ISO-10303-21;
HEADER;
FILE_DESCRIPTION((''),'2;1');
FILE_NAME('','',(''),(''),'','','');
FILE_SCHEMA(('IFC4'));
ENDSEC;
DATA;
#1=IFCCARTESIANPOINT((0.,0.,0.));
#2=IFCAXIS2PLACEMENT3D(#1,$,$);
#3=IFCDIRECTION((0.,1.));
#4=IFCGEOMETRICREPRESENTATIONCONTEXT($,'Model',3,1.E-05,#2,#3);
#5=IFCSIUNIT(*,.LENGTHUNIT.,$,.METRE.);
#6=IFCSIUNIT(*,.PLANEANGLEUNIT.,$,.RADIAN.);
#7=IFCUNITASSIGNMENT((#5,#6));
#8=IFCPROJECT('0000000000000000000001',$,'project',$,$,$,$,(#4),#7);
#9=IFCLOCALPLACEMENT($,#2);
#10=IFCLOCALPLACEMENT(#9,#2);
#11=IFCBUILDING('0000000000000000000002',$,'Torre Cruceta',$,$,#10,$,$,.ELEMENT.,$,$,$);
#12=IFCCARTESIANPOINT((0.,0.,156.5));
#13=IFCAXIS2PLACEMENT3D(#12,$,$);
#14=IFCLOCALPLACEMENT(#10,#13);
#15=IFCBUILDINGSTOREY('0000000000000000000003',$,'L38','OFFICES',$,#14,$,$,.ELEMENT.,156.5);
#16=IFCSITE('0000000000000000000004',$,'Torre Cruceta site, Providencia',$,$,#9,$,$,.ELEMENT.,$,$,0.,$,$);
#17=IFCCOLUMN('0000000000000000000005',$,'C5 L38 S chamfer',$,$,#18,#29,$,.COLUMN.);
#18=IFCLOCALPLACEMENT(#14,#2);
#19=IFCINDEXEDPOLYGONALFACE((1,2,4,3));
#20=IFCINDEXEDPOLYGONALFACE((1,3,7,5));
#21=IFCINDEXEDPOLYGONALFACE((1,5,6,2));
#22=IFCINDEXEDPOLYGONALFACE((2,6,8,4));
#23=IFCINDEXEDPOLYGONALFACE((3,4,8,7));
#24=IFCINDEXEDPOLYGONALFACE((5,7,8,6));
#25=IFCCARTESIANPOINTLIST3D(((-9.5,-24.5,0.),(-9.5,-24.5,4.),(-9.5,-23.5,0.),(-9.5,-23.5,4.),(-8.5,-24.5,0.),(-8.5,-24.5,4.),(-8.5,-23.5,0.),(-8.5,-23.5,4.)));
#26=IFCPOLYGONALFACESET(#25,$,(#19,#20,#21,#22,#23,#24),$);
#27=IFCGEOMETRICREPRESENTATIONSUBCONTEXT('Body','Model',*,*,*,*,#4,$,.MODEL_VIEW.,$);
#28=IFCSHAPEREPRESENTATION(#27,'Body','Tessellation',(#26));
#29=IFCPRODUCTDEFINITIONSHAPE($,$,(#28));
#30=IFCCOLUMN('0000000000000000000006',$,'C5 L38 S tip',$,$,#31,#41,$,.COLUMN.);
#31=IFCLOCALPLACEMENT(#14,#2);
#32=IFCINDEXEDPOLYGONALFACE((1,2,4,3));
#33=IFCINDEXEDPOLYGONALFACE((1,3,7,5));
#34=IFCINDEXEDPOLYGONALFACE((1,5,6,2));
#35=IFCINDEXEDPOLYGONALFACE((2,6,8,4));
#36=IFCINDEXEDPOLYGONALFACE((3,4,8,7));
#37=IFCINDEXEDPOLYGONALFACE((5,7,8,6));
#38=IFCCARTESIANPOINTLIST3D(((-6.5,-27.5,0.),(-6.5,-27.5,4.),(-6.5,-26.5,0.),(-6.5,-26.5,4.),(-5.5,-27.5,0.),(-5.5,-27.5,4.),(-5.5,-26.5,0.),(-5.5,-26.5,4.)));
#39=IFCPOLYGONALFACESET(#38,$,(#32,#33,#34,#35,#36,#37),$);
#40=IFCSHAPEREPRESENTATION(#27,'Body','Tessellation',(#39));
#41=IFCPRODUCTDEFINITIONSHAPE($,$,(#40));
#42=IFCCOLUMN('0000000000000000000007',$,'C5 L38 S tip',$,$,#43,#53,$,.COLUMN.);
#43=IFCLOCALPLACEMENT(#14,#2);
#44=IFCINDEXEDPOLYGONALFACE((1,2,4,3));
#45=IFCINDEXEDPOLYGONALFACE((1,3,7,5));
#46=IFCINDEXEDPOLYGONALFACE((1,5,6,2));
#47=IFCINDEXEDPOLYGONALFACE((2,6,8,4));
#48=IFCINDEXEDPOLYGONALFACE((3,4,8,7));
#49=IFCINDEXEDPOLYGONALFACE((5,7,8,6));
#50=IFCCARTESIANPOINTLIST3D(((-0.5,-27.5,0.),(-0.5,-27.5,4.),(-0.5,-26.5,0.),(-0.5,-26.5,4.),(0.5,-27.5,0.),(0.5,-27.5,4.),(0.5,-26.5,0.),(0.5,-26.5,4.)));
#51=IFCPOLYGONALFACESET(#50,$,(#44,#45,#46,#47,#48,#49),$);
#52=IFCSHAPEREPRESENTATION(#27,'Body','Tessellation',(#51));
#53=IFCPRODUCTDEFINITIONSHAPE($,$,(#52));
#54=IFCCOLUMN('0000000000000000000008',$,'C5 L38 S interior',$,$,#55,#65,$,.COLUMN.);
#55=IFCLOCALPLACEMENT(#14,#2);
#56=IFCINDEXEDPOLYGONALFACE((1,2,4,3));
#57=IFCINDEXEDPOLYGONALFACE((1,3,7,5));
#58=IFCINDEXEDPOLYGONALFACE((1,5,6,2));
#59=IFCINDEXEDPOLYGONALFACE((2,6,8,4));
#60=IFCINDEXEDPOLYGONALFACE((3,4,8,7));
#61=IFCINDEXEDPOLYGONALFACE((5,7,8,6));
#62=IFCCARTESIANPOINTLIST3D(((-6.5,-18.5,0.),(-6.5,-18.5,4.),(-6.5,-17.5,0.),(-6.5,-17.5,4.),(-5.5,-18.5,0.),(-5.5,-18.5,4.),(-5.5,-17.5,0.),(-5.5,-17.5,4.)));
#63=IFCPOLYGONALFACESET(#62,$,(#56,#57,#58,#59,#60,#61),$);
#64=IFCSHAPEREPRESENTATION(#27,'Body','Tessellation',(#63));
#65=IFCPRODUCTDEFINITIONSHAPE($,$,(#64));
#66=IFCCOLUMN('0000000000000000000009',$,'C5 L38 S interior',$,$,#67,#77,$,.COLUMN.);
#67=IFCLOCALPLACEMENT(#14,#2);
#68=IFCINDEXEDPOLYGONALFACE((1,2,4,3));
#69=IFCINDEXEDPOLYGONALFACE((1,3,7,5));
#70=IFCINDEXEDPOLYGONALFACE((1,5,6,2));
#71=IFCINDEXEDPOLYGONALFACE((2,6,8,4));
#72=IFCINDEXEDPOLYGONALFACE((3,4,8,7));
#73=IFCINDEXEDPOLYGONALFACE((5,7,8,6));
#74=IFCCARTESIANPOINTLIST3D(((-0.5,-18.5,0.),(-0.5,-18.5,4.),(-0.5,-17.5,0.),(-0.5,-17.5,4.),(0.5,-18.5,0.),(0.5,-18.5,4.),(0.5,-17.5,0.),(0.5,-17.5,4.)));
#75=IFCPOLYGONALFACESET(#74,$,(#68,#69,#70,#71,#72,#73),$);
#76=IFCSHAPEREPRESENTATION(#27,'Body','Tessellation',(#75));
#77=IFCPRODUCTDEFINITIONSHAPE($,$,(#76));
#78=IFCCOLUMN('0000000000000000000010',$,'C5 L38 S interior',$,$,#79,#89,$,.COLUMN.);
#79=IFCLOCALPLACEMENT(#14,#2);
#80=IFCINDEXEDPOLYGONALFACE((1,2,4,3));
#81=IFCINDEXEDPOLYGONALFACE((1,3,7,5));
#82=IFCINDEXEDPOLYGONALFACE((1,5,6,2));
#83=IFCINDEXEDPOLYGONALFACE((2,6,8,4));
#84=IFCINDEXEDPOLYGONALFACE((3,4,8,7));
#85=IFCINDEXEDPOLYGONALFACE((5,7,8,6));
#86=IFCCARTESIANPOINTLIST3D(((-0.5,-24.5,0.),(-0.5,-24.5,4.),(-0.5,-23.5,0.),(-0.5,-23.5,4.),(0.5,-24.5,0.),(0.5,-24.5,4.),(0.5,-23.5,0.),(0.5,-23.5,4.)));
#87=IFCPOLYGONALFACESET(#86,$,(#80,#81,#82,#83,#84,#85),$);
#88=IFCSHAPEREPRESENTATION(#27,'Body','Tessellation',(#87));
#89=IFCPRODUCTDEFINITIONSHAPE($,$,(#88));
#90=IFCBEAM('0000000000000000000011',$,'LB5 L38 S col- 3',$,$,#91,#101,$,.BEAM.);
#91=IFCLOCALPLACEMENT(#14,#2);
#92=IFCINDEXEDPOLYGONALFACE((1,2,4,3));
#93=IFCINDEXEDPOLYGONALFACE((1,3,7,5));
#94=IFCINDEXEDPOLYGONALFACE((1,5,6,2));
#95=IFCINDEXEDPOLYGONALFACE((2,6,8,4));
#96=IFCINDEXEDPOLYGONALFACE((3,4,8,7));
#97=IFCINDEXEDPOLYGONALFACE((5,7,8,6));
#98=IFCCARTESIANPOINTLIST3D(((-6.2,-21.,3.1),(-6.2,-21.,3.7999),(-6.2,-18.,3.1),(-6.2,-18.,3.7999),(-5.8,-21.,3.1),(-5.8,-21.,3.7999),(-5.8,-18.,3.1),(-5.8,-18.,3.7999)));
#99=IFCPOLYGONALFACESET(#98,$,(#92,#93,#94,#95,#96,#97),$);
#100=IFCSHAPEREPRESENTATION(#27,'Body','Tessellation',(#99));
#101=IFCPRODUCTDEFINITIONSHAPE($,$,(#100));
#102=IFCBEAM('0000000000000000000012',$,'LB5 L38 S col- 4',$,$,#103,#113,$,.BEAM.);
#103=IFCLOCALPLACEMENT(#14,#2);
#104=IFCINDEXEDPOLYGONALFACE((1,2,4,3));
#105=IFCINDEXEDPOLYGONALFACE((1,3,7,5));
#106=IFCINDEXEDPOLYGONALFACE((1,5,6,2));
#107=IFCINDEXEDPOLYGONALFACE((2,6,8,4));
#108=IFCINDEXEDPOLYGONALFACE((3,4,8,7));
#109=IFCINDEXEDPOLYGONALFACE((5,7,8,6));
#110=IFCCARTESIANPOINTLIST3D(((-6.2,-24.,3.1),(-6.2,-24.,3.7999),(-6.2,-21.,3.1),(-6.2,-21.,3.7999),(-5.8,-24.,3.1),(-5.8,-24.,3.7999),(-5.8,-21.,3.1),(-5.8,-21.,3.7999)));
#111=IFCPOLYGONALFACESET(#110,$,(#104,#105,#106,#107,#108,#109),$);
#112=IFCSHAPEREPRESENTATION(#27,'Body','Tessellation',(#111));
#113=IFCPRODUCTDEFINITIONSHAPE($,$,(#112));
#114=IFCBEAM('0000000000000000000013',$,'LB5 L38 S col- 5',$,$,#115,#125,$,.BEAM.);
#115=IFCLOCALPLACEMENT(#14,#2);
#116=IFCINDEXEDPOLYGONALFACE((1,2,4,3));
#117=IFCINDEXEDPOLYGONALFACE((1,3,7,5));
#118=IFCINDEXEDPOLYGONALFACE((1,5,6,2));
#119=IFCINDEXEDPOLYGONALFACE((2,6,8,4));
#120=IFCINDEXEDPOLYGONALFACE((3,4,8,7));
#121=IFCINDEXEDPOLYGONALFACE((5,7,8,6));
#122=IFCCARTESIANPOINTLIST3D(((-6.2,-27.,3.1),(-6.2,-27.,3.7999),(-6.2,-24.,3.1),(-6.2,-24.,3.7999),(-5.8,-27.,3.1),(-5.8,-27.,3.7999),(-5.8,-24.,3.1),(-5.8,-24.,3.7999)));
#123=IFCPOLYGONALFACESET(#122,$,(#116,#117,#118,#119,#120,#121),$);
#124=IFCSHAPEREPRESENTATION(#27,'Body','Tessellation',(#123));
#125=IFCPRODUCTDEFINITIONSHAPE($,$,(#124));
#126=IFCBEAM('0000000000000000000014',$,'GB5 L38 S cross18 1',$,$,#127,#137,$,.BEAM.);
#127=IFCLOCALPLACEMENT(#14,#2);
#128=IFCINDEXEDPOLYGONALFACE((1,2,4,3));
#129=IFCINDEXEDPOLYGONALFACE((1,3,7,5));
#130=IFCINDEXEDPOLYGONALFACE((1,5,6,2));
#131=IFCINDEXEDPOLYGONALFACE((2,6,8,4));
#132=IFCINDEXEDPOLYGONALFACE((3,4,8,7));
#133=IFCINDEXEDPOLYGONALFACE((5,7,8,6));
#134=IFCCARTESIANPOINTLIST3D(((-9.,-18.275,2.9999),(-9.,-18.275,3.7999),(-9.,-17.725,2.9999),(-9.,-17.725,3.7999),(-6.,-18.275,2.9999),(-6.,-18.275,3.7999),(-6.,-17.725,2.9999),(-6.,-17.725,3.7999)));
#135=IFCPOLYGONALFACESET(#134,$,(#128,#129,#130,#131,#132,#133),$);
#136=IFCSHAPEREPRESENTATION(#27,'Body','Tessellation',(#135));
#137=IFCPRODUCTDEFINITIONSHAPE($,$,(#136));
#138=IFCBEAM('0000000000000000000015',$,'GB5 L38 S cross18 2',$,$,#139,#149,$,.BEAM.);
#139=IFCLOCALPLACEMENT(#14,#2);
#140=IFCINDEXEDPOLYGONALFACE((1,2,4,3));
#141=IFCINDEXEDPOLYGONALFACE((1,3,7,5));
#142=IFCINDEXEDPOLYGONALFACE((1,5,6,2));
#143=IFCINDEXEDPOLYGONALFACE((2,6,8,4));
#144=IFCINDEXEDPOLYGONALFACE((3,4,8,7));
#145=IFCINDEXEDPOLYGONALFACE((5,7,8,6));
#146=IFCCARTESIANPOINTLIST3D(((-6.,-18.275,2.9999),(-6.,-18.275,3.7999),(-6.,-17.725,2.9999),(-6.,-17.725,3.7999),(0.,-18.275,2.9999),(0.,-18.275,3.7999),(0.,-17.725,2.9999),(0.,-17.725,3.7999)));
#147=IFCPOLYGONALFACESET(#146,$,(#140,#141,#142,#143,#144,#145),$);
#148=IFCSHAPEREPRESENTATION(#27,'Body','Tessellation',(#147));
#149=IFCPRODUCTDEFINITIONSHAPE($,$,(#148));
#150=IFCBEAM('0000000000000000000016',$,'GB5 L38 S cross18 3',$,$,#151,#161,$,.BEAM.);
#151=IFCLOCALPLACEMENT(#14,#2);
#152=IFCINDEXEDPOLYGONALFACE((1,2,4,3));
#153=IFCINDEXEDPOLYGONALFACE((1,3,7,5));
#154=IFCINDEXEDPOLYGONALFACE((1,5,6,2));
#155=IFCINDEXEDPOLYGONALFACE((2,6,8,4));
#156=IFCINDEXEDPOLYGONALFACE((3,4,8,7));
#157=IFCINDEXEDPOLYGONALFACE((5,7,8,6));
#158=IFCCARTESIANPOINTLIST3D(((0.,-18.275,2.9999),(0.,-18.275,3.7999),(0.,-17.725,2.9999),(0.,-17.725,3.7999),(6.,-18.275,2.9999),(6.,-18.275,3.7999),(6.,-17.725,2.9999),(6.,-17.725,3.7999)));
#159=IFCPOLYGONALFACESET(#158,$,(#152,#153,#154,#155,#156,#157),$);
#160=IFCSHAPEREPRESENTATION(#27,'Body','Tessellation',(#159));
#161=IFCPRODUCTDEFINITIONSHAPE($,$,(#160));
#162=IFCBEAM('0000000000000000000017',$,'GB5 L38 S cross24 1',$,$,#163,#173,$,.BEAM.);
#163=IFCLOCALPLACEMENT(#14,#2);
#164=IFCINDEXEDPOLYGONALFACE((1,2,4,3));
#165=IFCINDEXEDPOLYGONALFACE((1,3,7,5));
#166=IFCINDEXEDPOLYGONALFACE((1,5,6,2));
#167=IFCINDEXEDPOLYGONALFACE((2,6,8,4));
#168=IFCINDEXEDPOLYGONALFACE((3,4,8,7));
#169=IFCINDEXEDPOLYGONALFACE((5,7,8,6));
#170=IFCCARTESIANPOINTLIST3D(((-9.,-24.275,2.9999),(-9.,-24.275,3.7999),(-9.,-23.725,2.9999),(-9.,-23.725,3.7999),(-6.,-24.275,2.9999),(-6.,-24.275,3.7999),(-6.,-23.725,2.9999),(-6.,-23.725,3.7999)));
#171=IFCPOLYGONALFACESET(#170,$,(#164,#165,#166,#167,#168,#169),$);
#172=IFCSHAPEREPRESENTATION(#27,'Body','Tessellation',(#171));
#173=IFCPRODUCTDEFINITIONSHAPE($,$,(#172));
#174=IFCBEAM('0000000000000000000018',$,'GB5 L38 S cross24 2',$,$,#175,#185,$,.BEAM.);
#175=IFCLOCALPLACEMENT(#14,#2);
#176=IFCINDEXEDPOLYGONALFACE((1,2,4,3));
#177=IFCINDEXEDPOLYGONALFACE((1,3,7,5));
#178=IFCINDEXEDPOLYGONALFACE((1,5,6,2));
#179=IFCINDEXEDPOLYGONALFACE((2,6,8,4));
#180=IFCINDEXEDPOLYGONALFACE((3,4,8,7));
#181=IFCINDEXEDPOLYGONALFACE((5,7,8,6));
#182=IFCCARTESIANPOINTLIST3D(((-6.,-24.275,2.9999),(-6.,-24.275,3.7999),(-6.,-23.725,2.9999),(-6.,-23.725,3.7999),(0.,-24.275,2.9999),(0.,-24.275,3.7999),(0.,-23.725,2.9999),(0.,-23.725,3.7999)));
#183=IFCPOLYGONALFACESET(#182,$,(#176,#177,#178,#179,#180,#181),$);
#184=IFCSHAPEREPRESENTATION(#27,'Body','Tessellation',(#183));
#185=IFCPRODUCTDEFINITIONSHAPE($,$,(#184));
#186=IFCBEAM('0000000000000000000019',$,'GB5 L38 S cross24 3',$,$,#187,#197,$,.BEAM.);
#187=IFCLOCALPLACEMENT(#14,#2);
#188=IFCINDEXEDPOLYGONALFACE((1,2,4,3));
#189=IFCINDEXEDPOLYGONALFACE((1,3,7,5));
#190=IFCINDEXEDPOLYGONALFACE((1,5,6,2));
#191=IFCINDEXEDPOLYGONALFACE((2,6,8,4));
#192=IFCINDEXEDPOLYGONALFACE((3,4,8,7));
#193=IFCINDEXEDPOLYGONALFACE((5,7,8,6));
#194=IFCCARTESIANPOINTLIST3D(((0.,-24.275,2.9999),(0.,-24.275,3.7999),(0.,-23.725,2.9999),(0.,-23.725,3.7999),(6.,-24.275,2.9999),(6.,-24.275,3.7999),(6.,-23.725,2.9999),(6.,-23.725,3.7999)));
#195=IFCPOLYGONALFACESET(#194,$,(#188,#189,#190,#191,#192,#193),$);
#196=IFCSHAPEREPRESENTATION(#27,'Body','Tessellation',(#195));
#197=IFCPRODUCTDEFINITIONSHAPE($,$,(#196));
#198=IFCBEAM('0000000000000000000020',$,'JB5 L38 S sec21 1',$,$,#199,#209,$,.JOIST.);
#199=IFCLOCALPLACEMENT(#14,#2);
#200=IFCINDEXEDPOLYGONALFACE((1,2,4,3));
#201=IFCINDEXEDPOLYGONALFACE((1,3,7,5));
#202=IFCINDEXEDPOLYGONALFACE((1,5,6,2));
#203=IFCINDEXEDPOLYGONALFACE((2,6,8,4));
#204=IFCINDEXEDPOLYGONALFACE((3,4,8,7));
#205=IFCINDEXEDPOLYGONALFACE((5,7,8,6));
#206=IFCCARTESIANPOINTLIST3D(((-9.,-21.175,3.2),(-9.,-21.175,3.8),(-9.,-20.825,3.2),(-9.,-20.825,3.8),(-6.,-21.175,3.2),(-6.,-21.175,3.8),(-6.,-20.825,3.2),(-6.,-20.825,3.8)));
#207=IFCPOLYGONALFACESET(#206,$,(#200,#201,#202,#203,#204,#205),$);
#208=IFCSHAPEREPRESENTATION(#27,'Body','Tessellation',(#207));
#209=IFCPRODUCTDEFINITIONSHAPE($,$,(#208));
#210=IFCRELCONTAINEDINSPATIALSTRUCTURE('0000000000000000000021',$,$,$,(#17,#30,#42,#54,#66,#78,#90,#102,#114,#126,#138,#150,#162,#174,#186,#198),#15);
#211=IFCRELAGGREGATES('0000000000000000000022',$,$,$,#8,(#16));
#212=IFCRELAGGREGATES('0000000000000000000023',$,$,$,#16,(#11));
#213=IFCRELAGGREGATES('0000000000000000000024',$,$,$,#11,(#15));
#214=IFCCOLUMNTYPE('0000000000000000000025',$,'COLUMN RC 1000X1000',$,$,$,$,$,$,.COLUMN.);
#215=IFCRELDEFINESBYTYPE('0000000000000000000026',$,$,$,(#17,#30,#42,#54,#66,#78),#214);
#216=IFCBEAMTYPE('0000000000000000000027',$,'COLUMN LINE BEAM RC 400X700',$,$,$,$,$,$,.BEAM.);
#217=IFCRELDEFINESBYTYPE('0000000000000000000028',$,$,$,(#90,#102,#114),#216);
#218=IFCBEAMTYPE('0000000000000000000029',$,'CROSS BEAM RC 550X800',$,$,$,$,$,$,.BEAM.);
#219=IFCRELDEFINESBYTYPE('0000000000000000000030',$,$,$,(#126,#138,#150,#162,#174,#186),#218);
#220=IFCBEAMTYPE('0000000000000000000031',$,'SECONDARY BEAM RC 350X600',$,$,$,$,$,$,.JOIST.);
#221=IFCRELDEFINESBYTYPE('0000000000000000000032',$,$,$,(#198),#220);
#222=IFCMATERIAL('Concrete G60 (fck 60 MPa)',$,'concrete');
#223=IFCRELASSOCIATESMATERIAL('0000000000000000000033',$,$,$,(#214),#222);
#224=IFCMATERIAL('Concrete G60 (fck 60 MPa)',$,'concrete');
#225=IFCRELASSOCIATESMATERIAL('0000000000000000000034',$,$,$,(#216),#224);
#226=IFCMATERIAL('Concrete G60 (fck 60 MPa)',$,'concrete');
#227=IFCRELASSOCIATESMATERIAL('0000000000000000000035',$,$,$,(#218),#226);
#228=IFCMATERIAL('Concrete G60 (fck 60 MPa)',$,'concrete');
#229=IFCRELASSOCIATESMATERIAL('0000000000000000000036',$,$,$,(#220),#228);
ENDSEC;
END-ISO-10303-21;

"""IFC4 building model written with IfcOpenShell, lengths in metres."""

from ifc_helpers import new_model, si_unit, direction, frame, origin, origin_2d, place, context, subcontext, project, spatial, rectangle, extrude, material, material_profile, profile_set, type_object, element, save


model = new_model("IFC4")

# Units and contexts
model_context = context("Model", 3, precision=1e-05, world=origin(), true_north=direction((0.0, 1.0)))
body_context = subcontext(model_context, "Body", "Model", "MODEL_VIEW")
ifc_project = project(units=[si_unit("LENGTHUNIT", "METRE"), si_unit("PLANEANGLEUNIT", "RADIAN")], contexts=[model_context])

# Site, building, storey
site_placement = place(None, origin())
site = spatial("IfcSite", under=ifc_project, at=site_placement, Name="Torre Cruceta site, Providencia", CompositionType="ELEMENT", RefElevation=0.0)
building_placement = place(site_placement, origin())
building = spatial("IfcBuilding", under=site, at=building_placement, Name="Torre Cruceta", CompositionType="ELEMENT")
storey_placement = place(building_placement, frame((0.0, 0.0, 156.5)))
storey = spatial("IfcBuildingStorey", under=building, at=storey_placement, Name="L38", Description="OFFICES", CompositionType="ELEMENT", Elevation=156.5)

# Columns
ifc_material_1 = material(Name="Concrete G60 (fck 60 MPa)", Category="concrete")
ifc_material_profile_1 = material_profile(ifc_material_1, rectangle(XDim=1.0, YDim=1.0, at=origin_2d()), Name="RC 1000X1000")
ifc_profile_set_1 = profile_set([ifc_material_profile_1], Name="Concrete G60 (fck 60 MPa)")
column_type = type_object("IfcColumnType", Name="COLUMN RC 1000X1000", PredefinedType="COLUMN", material=ifc_profile_set_1)
for number, where, z_axis, x_axis, name in (
    (1, (-9.0, -24.0, 0.0), (0.0, 0.0, 1.0), (1.0, 0.0, 0.0), "C5 L38 S chamfer"),
    (2, (-6.0, -27.0, 0.0), (0.0, 0.0, 1.0), (1.0, 0.0, 0.0), "C5 L38 S tip"),
    (3, (0.0, -27.0, 0.0), (0.0, 0.0, 1.0), (1.0, 0.0, 0.0), "C5 L38 S tip"),
    (4, (-6.0, -18.0, 0.0), (0.0, 0.0, 1.0), (1.0, 0.0, 0.0), "C5 L38 S interior"),
    (5, (0.0, -18.0, 0.0), (0.0, 0.0, 1.0), (1.0, 0.0, 0.0), "C5 L38 S interior"),
    (6, (0.0, -24.0, 0.0), (0.0, 0.0, 1.0), (1.0, 0.0, 0.0), "C5 L38 S interior"),
):
    element("IfcColumn", number, at=place(storey_placement, frame(where, z_axis=z_axis, x_axis=x_axis)), inside=storey, type_object=column_type, Name=name, PredefinedType="COLUMN", context=body_context, shape_type="SweptSolid", body=[
        extrude(rectangle(XDim=1.0, YDim=1.0, at=origin_2d()), origin(), (0.0, 0.0, 1.0), 4.0),
    ])

# Beams
ifc_material_2 = material(Name="Concrete G60 (fck 60 MPa)", Category="concrete")
ifc_material_profile_2 = material_profile(ifc_material_2, rectangle(XDim=0.3999, YDim=0.7, at=origin_2d()), Name="RC 400X700")
ifc_profile_set_2 = profile_set([ifc_material_profile_2], Name="Concrete G60 (fck 60 MPa)")
beam_type_1 = type_object("IfcBeamType", Name="COLUMN LINE BEAM RC 400X700", PredefinedType="BEAM", material=ifc_profile_set_2)
for number, where, z_axis, x_axis, name in (
    (7, (-6.0, -18.0, 3.45), (0.0, -1.0, 0.0), (1.0, 0.0, 0.0), "LB5 L38 S col- 3"),
    (8, (-6.0, -21.0, 3.45), (0.0, -1.0, 0.0), (1.0, 0.0, 0.0), "LB5 L38 S col- 4"),
    (9, (-6.0, -24.0, 3.45), (0.0, -1.0, 0.0), (1.0, 0.0, 0.0), "LB5 L38 S col- 5"),
):
    element("IfcBeam", number, at=place(storey_placement, frame(where, z_axis=z_axis, x_axis=x_axis)), inside=storey, type_object=beam_type_1, Name=name, PredefinedType="BEAM", context=body_context, shape_type="SweptSolid", body=[
        extrude(rectangle(XDim=0.3999, YDim=0.7, at=origin_2d()), origin(), (0.0, 0.0, 1.0), 3.0),
    ])
ifc_material_3 = material(Name="Concrete G60 (fck 60 MPa)", Category="concrete")
ifc_material_profile_3 = material_profile(ifc_material_3, rectangle(XDim=0.55, YDim=0.8, at=origin_2d()), Name="RC 550X800")
ifc_profile_set_3 = profile_set([ifc_material_profile_3], Name="Concrete G60 (fck 60 MPa)")
beam_type_2 = type_object("IfcBeamType", Name="CROSS BEAM RC 550X800", PredefinedType="BEAM", material=ifc_profile_set_3)
beam_1_placement = place(storey_placement, frame((-9.0, -18.0, 3.3999), z_axis=(1.0, 0.0, 0.0), x_axis=(0.0, 1.0, 0.0)))
element("IfcBeam", 10, at=beam_1_placement, inside=storey, type_object=beam_type_2, Name="GB5 L38 S cross18 1", PredefinedType="BEAM", context=body_context, shape_type="SweptSolid", body=[
    extrude(rectangle(XDim=0.55, YDim=0.8, at=origin_2d()), origin(), (0.0, 0.0, 1.0), 3.0),
])
for number, where, z_axis, x_axis, name in (
    (11, (-6.0, -18.0, 3.3999), (1.0, 0.0, 0.0), (0.0, 1.0, 0.0), "GB5 L38 S cross18 2"),
    (12, (0.0, -18.0, 3.3999), (1.0, 0.0, 0.0), (0.0, 1.0, 0.0), "GB5 L38 S cross18 3"),
):
    element("IfcBeam", number, at=place(storey_placement, frame(where, z_axis=z_axis, x_axis=x_axis)), inside=storey, type_object=beam_type_2, Name=name, PredefinedType="BEAM", context=body_context, shape_type="SweptSolid", body=[
        extrude(rectangle(XDim=0.55, YDim=0.8, at=origin_2d()), origin(), (0.0, 0.0, 1.0), 6.0),
    ])
beam_2_placement = place(storey_placement, frame((-9.0, -24.0, 3.3999), z_axis=(1.0, 0.0, 0.0), x_axis=(0.0, 1.0, 0.0)))
element("IfcBeam", 13, at=beam_2_placement, inside=storey, type_object=beam_type_2, Name="GB5 L38 S cross24 1", PredefinedType="BEAM", context=body_context, shape_type="SweptSolid", body=[
    extrude(rectangle(XDim=0.55, YDim=0.8, at=origin_2d()), origin(), (0.0, 0.0, 1.0), 3.0),
])
for number, where, z_axis, x_axis, name in (
    (14, (-6.0, -24.0, 3.3999), (1.0, 0.0, 0.0), (0.0, 1.0, 0.0), "GB5 L38 S cross24 2"),
    (15, (0.0, -24.0, 3.3999), (1.0, 0.0, 0.0), (0.0, 1.0, 0.0), "GB5 L38 S cross24 3"),
):
    element("IfcBeam", number, at=place(storey_placement, frame(where, z_axis=z_axis, x_axis=x_axis)), inside=storey, type_object=beam_type_2, Name=name, PredefinedType="BEAM", context=body_context, shape_type="SweptSolid", body=[
        extrude(rectangle(XDim=0.55, YDim=0.8, at=origin_2d()), origin(), (0.0, 0.0, 1.0), 6.0),
    ])
ifc_material_4 = material(Name="Concrete G60 (fck 60 MPa)", Category="concrete")
ifc_material_profile_4 = material_profile(ifc_material_4, rectangle(XDim=0.3501, YDim=0.6001, at=origin_2d()), Name="RC 350X600")
ifc_profile_set_4 = profile_set([ifc_material_profile_4], Name="Concrete G60 (fck 60 MPa)")
beam_type_3 = type_object("IfcBeamType", Name="SECONDARY BEAM RC 350X600", PredefinedType="JOIST", material=ifc_profile_set_4)
beam_3_placement = place(storey_placement, frame((-9.0, -21.0, 3.5), z_axis=(1.0, 0.0, 0.0), x_axis=(0.0, 1.0, 0.0)))
element("IfcBeam", 16, at=beam_3_placement, inside=storey, type_object=beam_type_3, Name="JB5 L38 S sec21 1", PredefinedType="JOIST", context=body_context, shape_type="SweptSolid", body=[
    extrude(rectangle(XDim=0.3501, YDim=0.6001, at=origin_2d()), origin(), (0.0, 0.0, 1.0), 3.0),
])

save(model, "model.ifc")
